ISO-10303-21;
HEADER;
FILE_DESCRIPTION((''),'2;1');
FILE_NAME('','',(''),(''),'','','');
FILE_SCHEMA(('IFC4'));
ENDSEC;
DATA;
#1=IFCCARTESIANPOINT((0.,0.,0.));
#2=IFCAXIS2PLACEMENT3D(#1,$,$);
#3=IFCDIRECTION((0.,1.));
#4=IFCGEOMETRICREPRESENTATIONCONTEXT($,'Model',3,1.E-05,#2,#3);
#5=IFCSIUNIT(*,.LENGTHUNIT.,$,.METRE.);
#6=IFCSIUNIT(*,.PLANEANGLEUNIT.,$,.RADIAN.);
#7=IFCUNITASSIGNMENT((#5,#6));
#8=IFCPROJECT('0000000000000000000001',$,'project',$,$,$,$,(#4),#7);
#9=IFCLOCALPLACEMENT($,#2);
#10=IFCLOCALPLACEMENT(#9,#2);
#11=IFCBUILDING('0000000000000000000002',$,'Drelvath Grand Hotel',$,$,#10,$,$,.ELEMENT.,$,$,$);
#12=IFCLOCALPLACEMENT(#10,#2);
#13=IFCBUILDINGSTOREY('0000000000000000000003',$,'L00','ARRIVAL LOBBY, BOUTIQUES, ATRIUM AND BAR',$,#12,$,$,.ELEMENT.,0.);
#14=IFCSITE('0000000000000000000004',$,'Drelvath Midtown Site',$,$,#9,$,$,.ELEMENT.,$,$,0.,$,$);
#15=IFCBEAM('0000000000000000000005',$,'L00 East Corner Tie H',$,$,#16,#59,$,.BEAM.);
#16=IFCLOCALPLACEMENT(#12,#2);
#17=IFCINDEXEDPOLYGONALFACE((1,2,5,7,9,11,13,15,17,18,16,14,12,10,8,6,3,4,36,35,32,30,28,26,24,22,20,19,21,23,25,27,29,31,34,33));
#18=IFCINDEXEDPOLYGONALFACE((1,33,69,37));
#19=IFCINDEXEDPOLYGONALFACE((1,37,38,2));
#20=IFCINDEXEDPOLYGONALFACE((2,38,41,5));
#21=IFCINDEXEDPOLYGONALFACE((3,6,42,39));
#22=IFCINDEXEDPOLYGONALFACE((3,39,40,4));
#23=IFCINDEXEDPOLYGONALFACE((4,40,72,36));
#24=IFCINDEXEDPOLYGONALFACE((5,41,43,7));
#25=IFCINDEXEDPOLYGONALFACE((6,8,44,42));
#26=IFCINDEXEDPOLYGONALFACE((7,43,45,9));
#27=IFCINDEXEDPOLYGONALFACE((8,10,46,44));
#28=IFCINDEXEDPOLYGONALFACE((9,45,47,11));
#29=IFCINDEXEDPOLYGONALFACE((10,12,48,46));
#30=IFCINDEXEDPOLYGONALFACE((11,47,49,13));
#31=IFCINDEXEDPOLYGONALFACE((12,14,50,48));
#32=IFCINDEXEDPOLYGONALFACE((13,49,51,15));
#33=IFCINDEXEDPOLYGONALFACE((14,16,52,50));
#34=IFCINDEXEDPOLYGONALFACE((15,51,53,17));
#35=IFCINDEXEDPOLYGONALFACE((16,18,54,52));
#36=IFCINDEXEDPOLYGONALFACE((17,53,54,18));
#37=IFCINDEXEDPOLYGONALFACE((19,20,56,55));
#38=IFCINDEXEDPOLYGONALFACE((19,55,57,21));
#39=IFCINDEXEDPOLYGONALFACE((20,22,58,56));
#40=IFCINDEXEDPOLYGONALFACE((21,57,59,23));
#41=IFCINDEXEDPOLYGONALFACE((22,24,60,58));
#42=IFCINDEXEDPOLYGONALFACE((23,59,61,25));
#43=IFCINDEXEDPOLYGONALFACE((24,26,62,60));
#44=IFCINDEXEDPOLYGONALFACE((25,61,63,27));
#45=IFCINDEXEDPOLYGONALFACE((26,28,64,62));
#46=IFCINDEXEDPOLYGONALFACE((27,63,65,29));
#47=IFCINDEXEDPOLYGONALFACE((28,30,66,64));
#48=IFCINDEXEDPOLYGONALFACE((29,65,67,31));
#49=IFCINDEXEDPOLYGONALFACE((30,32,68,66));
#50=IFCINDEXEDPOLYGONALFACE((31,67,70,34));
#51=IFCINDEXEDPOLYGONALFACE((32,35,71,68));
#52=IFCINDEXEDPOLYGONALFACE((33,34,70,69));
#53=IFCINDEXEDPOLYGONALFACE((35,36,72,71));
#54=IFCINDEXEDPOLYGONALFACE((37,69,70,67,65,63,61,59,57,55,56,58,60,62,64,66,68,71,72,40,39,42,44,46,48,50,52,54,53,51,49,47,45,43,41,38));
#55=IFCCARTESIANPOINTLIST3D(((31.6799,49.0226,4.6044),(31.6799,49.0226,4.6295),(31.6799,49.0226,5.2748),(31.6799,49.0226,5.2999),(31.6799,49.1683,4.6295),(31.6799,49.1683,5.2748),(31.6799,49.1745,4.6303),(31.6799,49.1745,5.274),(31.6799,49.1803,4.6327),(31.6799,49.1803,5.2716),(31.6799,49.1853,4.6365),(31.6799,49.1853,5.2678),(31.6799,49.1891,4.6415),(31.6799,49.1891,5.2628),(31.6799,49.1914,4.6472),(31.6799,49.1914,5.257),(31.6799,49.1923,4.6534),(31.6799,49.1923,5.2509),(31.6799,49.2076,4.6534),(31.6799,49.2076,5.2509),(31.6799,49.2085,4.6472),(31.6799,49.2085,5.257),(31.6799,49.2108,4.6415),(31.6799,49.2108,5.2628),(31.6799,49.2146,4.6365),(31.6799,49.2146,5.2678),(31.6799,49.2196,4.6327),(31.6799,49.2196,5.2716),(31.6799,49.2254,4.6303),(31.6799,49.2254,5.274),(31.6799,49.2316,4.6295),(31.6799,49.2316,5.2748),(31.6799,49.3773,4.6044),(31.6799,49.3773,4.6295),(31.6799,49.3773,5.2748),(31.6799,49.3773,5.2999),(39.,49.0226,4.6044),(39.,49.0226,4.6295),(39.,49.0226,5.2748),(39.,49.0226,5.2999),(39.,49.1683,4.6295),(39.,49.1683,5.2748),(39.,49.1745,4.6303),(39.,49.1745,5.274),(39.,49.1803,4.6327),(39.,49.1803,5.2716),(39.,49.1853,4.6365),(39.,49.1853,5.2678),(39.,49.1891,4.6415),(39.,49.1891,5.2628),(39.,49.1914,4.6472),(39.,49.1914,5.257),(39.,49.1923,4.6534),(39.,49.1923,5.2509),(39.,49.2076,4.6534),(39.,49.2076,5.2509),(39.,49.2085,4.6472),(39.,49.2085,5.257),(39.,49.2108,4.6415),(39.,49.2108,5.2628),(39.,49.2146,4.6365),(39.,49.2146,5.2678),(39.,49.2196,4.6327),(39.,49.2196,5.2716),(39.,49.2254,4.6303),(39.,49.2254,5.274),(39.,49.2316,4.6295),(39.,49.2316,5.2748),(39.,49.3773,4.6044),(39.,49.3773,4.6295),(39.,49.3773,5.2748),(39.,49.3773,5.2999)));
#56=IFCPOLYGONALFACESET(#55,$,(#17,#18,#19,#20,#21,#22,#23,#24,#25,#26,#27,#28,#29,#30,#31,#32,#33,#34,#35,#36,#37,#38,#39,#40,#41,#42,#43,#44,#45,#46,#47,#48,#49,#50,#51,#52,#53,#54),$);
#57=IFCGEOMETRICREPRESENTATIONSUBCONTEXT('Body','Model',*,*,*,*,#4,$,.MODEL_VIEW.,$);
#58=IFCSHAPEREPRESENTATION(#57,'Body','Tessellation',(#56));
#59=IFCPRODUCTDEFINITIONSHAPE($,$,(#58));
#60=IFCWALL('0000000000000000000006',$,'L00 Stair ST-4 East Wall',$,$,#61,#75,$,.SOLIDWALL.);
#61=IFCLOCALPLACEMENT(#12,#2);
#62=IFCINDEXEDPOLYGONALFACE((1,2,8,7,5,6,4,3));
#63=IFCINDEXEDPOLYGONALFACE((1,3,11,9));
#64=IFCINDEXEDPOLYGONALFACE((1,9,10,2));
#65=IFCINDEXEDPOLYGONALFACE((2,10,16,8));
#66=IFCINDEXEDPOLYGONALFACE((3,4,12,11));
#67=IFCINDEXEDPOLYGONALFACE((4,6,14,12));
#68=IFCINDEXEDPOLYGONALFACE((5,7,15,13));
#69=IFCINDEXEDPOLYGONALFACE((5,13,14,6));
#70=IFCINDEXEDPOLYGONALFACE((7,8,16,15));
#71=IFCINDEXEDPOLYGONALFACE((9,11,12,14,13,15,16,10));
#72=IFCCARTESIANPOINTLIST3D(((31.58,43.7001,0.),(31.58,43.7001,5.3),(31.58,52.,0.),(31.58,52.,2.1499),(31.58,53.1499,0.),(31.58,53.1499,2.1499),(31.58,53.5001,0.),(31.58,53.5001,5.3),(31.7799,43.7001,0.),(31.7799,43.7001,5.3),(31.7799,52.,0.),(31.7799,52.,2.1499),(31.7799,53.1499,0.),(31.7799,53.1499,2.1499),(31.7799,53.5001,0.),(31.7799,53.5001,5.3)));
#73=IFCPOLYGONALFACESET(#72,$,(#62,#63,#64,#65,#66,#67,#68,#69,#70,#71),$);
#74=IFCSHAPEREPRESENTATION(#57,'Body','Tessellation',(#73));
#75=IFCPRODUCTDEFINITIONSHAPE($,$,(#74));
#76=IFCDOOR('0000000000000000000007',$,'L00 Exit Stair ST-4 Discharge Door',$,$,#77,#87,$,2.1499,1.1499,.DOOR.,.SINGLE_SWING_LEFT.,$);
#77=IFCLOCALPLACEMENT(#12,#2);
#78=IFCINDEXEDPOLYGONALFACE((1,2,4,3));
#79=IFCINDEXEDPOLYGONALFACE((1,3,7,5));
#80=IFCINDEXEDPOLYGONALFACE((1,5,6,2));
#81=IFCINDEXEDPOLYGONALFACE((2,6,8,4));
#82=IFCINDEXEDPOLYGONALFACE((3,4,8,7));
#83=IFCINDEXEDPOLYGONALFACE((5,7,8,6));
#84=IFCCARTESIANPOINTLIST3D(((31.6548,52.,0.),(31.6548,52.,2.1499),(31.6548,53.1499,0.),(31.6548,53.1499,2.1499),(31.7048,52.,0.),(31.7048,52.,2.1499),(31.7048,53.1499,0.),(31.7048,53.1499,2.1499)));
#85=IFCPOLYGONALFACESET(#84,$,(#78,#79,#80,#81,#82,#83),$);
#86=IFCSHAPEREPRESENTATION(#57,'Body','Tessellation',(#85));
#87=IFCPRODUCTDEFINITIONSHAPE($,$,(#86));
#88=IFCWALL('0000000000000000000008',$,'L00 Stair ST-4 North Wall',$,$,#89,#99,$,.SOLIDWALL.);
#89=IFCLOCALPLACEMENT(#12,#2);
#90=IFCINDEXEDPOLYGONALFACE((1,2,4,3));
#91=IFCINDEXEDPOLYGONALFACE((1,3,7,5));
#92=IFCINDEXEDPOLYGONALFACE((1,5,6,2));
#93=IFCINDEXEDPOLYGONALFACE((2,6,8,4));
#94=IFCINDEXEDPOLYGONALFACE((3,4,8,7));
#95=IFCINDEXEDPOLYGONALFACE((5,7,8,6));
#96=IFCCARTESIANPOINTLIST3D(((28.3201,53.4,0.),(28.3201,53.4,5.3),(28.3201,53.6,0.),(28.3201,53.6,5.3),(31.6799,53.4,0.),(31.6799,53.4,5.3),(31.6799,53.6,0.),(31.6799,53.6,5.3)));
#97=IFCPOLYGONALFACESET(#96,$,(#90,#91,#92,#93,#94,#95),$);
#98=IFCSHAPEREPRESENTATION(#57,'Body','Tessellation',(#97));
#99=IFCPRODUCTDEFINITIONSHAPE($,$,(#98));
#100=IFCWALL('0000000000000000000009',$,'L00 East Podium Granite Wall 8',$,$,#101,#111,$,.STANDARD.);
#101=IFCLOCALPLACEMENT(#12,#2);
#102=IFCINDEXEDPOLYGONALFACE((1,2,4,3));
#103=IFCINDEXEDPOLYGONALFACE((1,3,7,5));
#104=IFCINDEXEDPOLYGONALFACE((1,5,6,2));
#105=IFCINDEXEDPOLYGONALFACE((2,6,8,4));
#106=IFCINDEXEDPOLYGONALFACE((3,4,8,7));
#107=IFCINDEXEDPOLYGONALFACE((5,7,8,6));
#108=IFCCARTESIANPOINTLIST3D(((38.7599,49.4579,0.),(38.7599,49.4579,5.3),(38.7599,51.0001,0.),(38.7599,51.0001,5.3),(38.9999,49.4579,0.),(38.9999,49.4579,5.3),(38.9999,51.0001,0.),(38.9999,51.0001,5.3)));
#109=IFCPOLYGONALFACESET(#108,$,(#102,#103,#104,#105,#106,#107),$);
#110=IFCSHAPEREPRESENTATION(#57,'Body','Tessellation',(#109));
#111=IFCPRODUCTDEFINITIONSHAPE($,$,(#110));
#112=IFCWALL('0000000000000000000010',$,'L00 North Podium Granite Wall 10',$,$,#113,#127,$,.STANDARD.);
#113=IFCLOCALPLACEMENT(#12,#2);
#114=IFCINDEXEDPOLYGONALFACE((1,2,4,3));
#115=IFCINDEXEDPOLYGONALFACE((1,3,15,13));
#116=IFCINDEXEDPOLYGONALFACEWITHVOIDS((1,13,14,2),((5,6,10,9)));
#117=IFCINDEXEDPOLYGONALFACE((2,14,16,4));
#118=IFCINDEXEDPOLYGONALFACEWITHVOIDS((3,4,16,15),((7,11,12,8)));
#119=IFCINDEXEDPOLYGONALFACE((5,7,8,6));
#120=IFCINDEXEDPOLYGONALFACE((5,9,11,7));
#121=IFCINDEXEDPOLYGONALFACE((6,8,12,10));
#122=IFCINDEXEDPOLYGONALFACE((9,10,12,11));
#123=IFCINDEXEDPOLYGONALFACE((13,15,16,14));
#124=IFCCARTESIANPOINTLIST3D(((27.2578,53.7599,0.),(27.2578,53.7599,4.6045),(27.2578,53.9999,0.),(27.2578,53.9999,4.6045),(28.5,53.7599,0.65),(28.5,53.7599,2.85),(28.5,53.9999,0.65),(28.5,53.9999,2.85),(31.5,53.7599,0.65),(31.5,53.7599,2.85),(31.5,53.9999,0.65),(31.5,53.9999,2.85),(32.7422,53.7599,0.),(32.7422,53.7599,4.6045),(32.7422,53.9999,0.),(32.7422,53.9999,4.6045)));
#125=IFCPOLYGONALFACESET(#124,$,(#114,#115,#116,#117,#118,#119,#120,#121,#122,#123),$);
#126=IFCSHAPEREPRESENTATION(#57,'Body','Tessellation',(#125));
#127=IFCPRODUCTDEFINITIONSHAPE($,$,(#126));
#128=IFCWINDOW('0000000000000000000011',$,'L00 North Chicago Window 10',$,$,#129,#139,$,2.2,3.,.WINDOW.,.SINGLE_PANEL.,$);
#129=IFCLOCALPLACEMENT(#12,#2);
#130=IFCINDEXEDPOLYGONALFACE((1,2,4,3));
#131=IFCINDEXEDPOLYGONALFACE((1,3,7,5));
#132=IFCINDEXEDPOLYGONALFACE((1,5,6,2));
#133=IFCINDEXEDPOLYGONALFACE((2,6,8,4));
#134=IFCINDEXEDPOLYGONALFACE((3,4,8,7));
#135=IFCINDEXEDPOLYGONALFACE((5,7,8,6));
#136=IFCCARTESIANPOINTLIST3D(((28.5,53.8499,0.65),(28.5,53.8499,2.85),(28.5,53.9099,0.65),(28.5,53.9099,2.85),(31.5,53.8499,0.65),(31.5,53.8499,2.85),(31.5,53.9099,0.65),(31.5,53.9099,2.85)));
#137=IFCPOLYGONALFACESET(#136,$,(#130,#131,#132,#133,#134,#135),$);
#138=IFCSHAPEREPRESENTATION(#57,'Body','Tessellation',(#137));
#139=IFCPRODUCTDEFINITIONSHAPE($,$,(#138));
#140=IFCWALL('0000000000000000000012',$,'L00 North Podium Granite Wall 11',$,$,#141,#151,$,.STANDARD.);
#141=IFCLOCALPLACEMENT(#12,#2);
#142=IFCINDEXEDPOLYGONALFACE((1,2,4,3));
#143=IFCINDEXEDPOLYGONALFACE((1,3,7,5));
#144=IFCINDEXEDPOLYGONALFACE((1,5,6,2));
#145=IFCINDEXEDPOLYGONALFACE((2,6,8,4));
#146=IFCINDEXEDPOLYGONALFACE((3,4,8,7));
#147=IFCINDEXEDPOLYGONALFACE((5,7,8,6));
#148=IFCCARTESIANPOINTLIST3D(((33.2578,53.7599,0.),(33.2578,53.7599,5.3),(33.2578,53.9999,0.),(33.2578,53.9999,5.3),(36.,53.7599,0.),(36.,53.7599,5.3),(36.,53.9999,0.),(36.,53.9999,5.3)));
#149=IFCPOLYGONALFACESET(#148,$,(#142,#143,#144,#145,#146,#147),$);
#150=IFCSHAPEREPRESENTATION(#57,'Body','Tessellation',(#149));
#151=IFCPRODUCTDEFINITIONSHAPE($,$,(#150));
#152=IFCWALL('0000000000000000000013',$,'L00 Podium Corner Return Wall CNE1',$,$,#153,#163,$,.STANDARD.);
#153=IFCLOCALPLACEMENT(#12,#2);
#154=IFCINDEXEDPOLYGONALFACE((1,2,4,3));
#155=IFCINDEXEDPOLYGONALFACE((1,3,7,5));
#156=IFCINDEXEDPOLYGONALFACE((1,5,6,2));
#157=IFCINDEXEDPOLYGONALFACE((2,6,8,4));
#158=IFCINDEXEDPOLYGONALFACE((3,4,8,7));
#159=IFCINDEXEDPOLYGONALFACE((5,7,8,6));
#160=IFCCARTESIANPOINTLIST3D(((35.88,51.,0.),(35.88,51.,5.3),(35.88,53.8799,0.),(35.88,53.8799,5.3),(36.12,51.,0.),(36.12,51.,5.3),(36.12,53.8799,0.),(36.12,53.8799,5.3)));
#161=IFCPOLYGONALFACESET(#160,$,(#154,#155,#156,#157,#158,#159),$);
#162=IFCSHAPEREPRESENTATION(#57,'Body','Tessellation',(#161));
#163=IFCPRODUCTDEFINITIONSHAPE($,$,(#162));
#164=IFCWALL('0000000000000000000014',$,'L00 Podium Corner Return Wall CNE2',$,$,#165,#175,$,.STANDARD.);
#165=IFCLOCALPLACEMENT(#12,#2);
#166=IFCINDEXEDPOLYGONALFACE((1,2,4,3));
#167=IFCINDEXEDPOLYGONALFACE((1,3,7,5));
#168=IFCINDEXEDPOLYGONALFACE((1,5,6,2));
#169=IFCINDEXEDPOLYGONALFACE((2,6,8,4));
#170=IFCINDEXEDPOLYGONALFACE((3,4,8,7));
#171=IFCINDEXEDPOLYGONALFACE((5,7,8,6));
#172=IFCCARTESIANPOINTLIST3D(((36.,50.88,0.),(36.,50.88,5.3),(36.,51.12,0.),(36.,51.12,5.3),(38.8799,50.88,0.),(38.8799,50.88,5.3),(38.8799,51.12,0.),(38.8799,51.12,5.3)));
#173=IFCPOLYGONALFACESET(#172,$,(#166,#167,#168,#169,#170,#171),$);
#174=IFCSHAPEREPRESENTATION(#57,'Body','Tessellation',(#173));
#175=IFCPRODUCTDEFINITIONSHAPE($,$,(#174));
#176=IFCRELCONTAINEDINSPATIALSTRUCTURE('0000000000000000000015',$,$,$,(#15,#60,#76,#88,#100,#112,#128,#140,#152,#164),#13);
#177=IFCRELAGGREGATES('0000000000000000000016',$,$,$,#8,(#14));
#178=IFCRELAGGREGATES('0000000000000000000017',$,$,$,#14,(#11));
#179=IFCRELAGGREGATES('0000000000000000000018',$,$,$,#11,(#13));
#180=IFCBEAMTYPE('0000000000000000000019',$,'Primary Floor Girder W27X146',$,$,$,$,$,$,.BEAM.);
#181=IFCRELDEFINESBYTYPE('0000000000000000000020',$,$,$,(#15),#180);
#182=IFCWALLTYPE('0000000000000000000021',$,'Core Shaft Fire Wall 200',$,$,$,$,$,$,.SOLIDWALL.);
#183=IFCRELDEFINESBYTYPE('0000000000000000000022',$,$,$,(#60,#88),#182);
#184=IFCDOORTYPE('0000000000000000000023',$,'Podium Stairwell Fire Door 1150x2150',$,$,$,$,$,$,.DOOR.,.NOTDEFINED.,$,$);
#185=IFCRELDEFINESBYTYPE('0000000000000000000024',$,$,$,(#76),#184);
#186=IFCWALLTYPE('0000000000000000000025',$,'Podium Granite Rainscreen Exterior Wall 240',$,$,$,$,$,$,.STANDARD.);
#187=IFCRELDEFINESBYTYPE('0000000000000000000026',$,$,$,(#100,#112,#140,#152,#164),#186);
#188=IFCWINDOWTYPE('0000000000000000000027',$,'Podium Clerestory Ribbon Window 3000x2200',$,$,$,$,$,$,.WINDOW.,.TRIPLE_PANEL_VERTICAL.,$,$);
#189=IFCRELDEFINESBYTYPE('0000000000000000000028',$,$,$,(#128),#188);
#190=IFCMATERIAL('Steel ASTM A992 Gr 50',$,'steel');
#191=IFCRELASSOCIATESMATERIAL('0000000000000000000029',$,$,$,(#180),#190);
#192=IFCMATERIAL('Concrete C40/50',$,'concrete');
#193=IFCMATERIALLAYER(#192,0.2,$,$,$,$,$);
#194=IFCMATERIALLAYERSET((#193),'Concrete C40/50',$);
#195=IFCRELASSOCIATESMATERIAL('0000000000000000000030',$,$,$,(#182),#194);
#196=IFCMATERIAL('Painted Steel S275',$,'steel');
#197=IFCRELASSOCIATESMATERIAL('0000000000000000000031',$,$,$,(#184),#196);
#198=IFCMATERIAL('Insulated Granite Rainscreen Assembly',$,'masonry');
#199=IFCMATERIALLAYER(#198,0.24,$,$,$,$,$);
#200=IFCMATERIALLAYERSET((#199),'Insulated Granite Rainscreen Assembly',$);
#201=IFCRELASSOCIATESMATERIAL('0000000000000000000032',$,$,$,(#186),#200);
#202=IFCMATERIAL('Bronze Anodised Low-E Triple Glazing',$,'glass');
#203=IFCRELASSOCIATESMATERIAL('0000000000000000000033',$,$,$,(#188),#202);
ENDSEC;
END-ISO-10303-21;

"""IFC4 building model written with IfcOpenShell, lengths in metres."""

from ifc_helpers import new_model, si_unit, direction, frame, frame_2d, origin, origin_2d, place, context, subcontext, project, spatial, rectangle, i_section, extrude, material, layer, layer_set, material_profile, profile_set, type_object, element, fill, save


model = new_model("IFC4")

# Units and contexts
model_context = context("Model", 3, precision=1e-05, world=origin(), true_north=direction((0.0, 1.0)))
body_context = subcontext(model_context, "Body", "Model", "MODEL_VIEW")
ifc_project = project(units=[si_unit("LENGTHUNIT", "METRE"), si_unit("PLANEANGLEUNIT", "RADIAN")], contexts=[model_context])

# Site, building, storey
site_placement = place(None, origin())
site = spatial("IfcSite", under=ifc_project, at=site_placement, Name="Drelvath Midtown Site", CompositionType="ELEMENT", RefElevation=0.0)
building_placement = place(site_placement, origin())
building = spatial("IfcBuilding", under=site, at=building_placement, Name="Drelvath Grand Hotel", CompositionType="ELEMENT")
storey_placement = place(building_placement, origin())
storey = spatial("IfcBuildingStorey", under=building, at=storey_placement, Name="L00", Description="ARRIVAL LOBBY, BOUTIQUES, ATRIUM AND BAR", CompositionType="ELEMENT", Elevation=0.0)

# Beam
ifc_material_1 = material(Name="Steel ASTM A992 Gr 50", Category="steel")
ifc_material_profile_1 = material_profile(ifc_material_1, i_section(OverallWidth=0.3547, OverallDepth=0.6956, WebThickness=0.0154, FlangeThickness=0.0251, FilletRadius=0.0239, at=origin_2d()), Name="W27X146")
ifc_profile_set_1 = profile_set([ifc_material_profile_1], Name="Steel ASTM A992 Gr 50")
beam_type = type_object("IfcBeamType", Name="Primary Floor Girder W27X146", PredefinedType="BEAM", material=ifc_profile_set_1)
beam_placement = place(storey_placement, frame((31.6799, 49.2, 4.9521), z_axis=(1.0, 0.0, 0.0), x_axis=(0.0, 1.0, 0.0)))
element("IfcBeam", 1, at=beam_placement, inside=storey, type_object=beam_type, Name="L00 East Corner Tie H", PredefinedType="BEAM", context=body_context, shape_type="SweptSolid", body=[
    extrude(i_section(OverallWidth=0.3547, OverallDepth=0.6956, WebThickness=0.0154, FlangeThickness=0.0251, FilletRadius=0.0239, at=origin_2d()), origin(), (0.0, 0.0, 1.0), 7.3201),
])

# Wall, opening, door
ifc_material_2 = material(Name="Concrete C40/50", Category="concrete")
ifc_layer_1 = layer(ifc_material_2, 0.2)
ifc_layer_set_1 = layer_set([ifc_layer_1], Name="Concrete C40/50")
wall_type_1 = type_object("IfcWallType", Name="Core Shaft Fire Wall 200", PredefinedType="SOLIDWALL", material=ifc_layer_set_1)
wall_1_placement = place(storey_placement, frame((31.6799, 53.5, 0.0), z_axis=(0.0, 0.0, 1.0), x_axis=(0.0, -1.0, 0.0)))
wall_1 = element("IfcWall", 2, at=wall_1_placement, inside=storey, type_object=wall_type_1, Name="L00 Stair ST-4 East Wall", PredefinedType="SOLIDWALL", context=body_context, shape_type="SweptSolid", body=[
    extrude(rectangle(XDim=9.8, YDim=0.2, at=frame_2d((4.8999, 0.0))), origin(), (0.0, 0.0, 1.0), 5.3),
])
opening_1_placement = place(wall_1_placement, frame((0.3501, 0.0, 0.0)))
opening_1 = element("IfcOpeningElement", 3, at=opening_1_placement, cuts=wall_1, PredefinedType="OPENING", context=body_context, shape_type="SweptSolid", body=[
    extrude(rectangle(XDim=1.1499, YDim=2.1499, at=frame_2d((0.575, 1.075))), frame((0.0, 0.1099, 0.0), z_axis=(0.0, -1.0, 0.0), x_axis=(1.0, 0.0, 0.0)), (0.0, 0.0, 1.0), 0.22),
])
ifc_material_3 = material(Name="Painted Steel S275", Category="steel")
door_type_1 = type_object("IfcDoorType", Name="Podium Stairwell Fire Door 1150x2150", OperationType="NOTDEFINED", PredefinedType="DOOR", material=ifc_material_3)
door_1_placement = place(opening_1_placement, origin())
door_1 = element("IfcDoor", 4, at=door_1_placement, inside=storey, type_object=door_type_1, Name="L00 Exit Stair ST-4 Discharge Door", OperationType="SINGLE_SWING_LEFT", OverallHeight=2.1499, OverallWidth=1.1499, PredefinedType="DOOR", context=body_context, shape_type="SweptSolid", body=[
    extrude(rectangle(XDim=1.1499, YDim=2.1499, at=frame_2d((0.575, 1.075))), frame((0.0, 0.0249, 0.0), z_axis=(0.0, -1.0, 0.0), x_axis=(1.0, 0.0, 0.0)), (0.0, 0.0, 1.0), 0.05),
])
fill(opening_1, door_1)

# Wall
wall_2_placement = place(storey_placement, frame((31.6799, 53.5, 0.0), z_axis=(0.0, 0.0, 1.0), x_axis=(-1.0, 0.0, 0.0)))
element("IfcWall", 5, at=wall_2_placement, inside=storey, type_object=wall_type_1, Name="L00 Stair ST-4 North Wall", PredefinedType="SOLIDWALL", context=body_context, shape_type="SweptSolid", body=[
    extrude(rectangle(XDim=3.3599, YDim=0.2, at=frame_2d((1.6799, 0.0))), origin(), (0.0, 0.0, 1.0), 5.3),
])

# Shared definitions
ifc_material_4 = material(Name="Insulated Granite Rainscreen Assembly", Category="masonry")
ifc_layer_2 = layer(ifc_material_4, 0.24)
ifc_layer_set_2 = layer_set([ifc_layer_2], Name="Insulated Granite Rainscreen Assembly")
wall_type_2 = type_object("IfcWallType", Name="Podium Granite Rainscreen Exterior Wall 240", PredefinedType="STANDARD", material=ifc_layer_set_2)

# Wall
wall_3_placement = place(storey_placement, frame((38.8799, 51.0, 0.0), z_axis=(0.0, 0.0, 1.0), x_axis=(0.0, -1.0, 0.0)))
element("IfcWall", 6, at=wall_3_placement, inside=storey, type_object=wall_type_2, Name="L00 East Podium Granite Wall 8", PredefinedType="STANDARD", context=body_context, shape_type="SweptSolid", body=[
    extrude(rectangle(XDim=1.5422, YDim=0.24, at=frame_2d((0.771, 0.0))), origin(), (0.0, 0.0, 1.0), 5.3),
])

# Wall, opening, window
wall_4_placement = place(storey_placement, frame((27.2578, 53.8799, 0.0), z_axis=(0.0, 0.0, 1.0), x_axis=(1.0, 0.0, 0.0)))
wall_4 = element("IfcWall", 7, at=wall_4_placement, inside=storey, type_object=wall_type_2, Name="L00 North Podium Granite Wall 10", PredefinedType="STANDARD", context=body_context, shape_type="SweptSolid", body=[
    extrude(rectangle(XDim=5.4844, YDim=0.24, at=frame_2d((2.7422, 0.0))), origin(), (0.0, 0.0, 1.0), 4.6045),
])
opening_2_placement = place(wall_4_placement, frame((1.2422, 0.0, 0.6499)))
opening_2 = element("IfcOpeningElement", 8, at=opening_2_placement, cuts=wall_4, PredefinedType="OPENING", context=body_context, shape_type="SweptSolid", body=[
    extrude(rectangle(XDim=3.0, YDim=2.2, at=frame_2d((1.5, 1.1001))), frame((0.0, 0.1299, 0.0), z_axis=(0.0, -1.0, 0.0), x_axis=(1.0, 0.0, 0.0)), (0.0, 0.0, 1.0), 0.26),
])
ifc_material_5 = material(Name="Bronze Anodised Low-E Triple Glazing", Category="glass")
window_type = type_object("IfcWindowType", Name="Podium Clerestory Ribbon Window 3000x2200", PartitioningType="TRIPLE_PANEL_VERTICAL", PredefinedType="WINDOW", material=ifc_material_5)
window_placement = place(opening_2_placement, origin())
window = element("IfcWindow", 9, at=window_placement, inside=storey, type_object=window_type, Name="L00 North Chicago Window 10", OverallHeight=2.2, OverallWidth=3.0, PartitioningType="SINGLE_PANEL", PredefinedType="WINDOW", context=body_context, shape_type="SweptSolid", body=[
    extrude(rectangle(XDim=3.0, YDim=2.2, at=frame_2d((1.5, 1.1001))), frame((0.0, 0.03, 0.0), z_axis=(0.0, -1.0, 0.0), x_axis=(1.0, 0.0, 0.0)), (0.0, 0.0, 1.0), 0.0601),
])
fill(opening_2, window)

# Walls
wall_5_placement = place(storey_placement, frame((33.2578, 53.8799, 0.0), z_axis=(0.0, 0.0, 1.0), x_axis=(1.0, 0.0, 0.0)))
element("IfcWall", 10, at=wall_5_placement, inside=storey, type_object=wall_type_2, Name="L00 North Podium Granite Wall 11", PredefinedType="STANDARD", context=body_context, shape_type="SweptSolid", body=[
    extrude(rectangle(XDim=2.7422, YDim=0.24, at=frame_2d((1.3711, 0.0))), origin(), (0.0, 0.0, 1.0), 5.3),
])
for number, where, z_axis, x_axis, name in (
    (11, (36.0, 53.8799, 0.0), (0.0, 0.0, 1.0), (0.0, -1.0, 0.0), "L00 Podium Corner Return Wall CNE1"),
    (12, (36.0, 51.0, 0.0), (0.0, 0.0, 1.0), (1.0, 0.0, 0.0), "L00 Podium Corner Return Wall CNE2"),
):
    element("IfcWall", number, at=place(storey_placement, frame(where, z_axis=z_axis, x_axis=x_axis)), inside=storey, type_object=wall_type_2, Name=name, PredefinedType="STANDARD", context=body_context, shape_type="SweptSolid", body=[
        extrude(rectangle(XDim=2.8799, YDim=0.24, at=frame_2d((1.4399, 0.0))), origin(), (0.0, 0.0, 1.0), 5.3),
    ])

save(model, "model.ifc")
